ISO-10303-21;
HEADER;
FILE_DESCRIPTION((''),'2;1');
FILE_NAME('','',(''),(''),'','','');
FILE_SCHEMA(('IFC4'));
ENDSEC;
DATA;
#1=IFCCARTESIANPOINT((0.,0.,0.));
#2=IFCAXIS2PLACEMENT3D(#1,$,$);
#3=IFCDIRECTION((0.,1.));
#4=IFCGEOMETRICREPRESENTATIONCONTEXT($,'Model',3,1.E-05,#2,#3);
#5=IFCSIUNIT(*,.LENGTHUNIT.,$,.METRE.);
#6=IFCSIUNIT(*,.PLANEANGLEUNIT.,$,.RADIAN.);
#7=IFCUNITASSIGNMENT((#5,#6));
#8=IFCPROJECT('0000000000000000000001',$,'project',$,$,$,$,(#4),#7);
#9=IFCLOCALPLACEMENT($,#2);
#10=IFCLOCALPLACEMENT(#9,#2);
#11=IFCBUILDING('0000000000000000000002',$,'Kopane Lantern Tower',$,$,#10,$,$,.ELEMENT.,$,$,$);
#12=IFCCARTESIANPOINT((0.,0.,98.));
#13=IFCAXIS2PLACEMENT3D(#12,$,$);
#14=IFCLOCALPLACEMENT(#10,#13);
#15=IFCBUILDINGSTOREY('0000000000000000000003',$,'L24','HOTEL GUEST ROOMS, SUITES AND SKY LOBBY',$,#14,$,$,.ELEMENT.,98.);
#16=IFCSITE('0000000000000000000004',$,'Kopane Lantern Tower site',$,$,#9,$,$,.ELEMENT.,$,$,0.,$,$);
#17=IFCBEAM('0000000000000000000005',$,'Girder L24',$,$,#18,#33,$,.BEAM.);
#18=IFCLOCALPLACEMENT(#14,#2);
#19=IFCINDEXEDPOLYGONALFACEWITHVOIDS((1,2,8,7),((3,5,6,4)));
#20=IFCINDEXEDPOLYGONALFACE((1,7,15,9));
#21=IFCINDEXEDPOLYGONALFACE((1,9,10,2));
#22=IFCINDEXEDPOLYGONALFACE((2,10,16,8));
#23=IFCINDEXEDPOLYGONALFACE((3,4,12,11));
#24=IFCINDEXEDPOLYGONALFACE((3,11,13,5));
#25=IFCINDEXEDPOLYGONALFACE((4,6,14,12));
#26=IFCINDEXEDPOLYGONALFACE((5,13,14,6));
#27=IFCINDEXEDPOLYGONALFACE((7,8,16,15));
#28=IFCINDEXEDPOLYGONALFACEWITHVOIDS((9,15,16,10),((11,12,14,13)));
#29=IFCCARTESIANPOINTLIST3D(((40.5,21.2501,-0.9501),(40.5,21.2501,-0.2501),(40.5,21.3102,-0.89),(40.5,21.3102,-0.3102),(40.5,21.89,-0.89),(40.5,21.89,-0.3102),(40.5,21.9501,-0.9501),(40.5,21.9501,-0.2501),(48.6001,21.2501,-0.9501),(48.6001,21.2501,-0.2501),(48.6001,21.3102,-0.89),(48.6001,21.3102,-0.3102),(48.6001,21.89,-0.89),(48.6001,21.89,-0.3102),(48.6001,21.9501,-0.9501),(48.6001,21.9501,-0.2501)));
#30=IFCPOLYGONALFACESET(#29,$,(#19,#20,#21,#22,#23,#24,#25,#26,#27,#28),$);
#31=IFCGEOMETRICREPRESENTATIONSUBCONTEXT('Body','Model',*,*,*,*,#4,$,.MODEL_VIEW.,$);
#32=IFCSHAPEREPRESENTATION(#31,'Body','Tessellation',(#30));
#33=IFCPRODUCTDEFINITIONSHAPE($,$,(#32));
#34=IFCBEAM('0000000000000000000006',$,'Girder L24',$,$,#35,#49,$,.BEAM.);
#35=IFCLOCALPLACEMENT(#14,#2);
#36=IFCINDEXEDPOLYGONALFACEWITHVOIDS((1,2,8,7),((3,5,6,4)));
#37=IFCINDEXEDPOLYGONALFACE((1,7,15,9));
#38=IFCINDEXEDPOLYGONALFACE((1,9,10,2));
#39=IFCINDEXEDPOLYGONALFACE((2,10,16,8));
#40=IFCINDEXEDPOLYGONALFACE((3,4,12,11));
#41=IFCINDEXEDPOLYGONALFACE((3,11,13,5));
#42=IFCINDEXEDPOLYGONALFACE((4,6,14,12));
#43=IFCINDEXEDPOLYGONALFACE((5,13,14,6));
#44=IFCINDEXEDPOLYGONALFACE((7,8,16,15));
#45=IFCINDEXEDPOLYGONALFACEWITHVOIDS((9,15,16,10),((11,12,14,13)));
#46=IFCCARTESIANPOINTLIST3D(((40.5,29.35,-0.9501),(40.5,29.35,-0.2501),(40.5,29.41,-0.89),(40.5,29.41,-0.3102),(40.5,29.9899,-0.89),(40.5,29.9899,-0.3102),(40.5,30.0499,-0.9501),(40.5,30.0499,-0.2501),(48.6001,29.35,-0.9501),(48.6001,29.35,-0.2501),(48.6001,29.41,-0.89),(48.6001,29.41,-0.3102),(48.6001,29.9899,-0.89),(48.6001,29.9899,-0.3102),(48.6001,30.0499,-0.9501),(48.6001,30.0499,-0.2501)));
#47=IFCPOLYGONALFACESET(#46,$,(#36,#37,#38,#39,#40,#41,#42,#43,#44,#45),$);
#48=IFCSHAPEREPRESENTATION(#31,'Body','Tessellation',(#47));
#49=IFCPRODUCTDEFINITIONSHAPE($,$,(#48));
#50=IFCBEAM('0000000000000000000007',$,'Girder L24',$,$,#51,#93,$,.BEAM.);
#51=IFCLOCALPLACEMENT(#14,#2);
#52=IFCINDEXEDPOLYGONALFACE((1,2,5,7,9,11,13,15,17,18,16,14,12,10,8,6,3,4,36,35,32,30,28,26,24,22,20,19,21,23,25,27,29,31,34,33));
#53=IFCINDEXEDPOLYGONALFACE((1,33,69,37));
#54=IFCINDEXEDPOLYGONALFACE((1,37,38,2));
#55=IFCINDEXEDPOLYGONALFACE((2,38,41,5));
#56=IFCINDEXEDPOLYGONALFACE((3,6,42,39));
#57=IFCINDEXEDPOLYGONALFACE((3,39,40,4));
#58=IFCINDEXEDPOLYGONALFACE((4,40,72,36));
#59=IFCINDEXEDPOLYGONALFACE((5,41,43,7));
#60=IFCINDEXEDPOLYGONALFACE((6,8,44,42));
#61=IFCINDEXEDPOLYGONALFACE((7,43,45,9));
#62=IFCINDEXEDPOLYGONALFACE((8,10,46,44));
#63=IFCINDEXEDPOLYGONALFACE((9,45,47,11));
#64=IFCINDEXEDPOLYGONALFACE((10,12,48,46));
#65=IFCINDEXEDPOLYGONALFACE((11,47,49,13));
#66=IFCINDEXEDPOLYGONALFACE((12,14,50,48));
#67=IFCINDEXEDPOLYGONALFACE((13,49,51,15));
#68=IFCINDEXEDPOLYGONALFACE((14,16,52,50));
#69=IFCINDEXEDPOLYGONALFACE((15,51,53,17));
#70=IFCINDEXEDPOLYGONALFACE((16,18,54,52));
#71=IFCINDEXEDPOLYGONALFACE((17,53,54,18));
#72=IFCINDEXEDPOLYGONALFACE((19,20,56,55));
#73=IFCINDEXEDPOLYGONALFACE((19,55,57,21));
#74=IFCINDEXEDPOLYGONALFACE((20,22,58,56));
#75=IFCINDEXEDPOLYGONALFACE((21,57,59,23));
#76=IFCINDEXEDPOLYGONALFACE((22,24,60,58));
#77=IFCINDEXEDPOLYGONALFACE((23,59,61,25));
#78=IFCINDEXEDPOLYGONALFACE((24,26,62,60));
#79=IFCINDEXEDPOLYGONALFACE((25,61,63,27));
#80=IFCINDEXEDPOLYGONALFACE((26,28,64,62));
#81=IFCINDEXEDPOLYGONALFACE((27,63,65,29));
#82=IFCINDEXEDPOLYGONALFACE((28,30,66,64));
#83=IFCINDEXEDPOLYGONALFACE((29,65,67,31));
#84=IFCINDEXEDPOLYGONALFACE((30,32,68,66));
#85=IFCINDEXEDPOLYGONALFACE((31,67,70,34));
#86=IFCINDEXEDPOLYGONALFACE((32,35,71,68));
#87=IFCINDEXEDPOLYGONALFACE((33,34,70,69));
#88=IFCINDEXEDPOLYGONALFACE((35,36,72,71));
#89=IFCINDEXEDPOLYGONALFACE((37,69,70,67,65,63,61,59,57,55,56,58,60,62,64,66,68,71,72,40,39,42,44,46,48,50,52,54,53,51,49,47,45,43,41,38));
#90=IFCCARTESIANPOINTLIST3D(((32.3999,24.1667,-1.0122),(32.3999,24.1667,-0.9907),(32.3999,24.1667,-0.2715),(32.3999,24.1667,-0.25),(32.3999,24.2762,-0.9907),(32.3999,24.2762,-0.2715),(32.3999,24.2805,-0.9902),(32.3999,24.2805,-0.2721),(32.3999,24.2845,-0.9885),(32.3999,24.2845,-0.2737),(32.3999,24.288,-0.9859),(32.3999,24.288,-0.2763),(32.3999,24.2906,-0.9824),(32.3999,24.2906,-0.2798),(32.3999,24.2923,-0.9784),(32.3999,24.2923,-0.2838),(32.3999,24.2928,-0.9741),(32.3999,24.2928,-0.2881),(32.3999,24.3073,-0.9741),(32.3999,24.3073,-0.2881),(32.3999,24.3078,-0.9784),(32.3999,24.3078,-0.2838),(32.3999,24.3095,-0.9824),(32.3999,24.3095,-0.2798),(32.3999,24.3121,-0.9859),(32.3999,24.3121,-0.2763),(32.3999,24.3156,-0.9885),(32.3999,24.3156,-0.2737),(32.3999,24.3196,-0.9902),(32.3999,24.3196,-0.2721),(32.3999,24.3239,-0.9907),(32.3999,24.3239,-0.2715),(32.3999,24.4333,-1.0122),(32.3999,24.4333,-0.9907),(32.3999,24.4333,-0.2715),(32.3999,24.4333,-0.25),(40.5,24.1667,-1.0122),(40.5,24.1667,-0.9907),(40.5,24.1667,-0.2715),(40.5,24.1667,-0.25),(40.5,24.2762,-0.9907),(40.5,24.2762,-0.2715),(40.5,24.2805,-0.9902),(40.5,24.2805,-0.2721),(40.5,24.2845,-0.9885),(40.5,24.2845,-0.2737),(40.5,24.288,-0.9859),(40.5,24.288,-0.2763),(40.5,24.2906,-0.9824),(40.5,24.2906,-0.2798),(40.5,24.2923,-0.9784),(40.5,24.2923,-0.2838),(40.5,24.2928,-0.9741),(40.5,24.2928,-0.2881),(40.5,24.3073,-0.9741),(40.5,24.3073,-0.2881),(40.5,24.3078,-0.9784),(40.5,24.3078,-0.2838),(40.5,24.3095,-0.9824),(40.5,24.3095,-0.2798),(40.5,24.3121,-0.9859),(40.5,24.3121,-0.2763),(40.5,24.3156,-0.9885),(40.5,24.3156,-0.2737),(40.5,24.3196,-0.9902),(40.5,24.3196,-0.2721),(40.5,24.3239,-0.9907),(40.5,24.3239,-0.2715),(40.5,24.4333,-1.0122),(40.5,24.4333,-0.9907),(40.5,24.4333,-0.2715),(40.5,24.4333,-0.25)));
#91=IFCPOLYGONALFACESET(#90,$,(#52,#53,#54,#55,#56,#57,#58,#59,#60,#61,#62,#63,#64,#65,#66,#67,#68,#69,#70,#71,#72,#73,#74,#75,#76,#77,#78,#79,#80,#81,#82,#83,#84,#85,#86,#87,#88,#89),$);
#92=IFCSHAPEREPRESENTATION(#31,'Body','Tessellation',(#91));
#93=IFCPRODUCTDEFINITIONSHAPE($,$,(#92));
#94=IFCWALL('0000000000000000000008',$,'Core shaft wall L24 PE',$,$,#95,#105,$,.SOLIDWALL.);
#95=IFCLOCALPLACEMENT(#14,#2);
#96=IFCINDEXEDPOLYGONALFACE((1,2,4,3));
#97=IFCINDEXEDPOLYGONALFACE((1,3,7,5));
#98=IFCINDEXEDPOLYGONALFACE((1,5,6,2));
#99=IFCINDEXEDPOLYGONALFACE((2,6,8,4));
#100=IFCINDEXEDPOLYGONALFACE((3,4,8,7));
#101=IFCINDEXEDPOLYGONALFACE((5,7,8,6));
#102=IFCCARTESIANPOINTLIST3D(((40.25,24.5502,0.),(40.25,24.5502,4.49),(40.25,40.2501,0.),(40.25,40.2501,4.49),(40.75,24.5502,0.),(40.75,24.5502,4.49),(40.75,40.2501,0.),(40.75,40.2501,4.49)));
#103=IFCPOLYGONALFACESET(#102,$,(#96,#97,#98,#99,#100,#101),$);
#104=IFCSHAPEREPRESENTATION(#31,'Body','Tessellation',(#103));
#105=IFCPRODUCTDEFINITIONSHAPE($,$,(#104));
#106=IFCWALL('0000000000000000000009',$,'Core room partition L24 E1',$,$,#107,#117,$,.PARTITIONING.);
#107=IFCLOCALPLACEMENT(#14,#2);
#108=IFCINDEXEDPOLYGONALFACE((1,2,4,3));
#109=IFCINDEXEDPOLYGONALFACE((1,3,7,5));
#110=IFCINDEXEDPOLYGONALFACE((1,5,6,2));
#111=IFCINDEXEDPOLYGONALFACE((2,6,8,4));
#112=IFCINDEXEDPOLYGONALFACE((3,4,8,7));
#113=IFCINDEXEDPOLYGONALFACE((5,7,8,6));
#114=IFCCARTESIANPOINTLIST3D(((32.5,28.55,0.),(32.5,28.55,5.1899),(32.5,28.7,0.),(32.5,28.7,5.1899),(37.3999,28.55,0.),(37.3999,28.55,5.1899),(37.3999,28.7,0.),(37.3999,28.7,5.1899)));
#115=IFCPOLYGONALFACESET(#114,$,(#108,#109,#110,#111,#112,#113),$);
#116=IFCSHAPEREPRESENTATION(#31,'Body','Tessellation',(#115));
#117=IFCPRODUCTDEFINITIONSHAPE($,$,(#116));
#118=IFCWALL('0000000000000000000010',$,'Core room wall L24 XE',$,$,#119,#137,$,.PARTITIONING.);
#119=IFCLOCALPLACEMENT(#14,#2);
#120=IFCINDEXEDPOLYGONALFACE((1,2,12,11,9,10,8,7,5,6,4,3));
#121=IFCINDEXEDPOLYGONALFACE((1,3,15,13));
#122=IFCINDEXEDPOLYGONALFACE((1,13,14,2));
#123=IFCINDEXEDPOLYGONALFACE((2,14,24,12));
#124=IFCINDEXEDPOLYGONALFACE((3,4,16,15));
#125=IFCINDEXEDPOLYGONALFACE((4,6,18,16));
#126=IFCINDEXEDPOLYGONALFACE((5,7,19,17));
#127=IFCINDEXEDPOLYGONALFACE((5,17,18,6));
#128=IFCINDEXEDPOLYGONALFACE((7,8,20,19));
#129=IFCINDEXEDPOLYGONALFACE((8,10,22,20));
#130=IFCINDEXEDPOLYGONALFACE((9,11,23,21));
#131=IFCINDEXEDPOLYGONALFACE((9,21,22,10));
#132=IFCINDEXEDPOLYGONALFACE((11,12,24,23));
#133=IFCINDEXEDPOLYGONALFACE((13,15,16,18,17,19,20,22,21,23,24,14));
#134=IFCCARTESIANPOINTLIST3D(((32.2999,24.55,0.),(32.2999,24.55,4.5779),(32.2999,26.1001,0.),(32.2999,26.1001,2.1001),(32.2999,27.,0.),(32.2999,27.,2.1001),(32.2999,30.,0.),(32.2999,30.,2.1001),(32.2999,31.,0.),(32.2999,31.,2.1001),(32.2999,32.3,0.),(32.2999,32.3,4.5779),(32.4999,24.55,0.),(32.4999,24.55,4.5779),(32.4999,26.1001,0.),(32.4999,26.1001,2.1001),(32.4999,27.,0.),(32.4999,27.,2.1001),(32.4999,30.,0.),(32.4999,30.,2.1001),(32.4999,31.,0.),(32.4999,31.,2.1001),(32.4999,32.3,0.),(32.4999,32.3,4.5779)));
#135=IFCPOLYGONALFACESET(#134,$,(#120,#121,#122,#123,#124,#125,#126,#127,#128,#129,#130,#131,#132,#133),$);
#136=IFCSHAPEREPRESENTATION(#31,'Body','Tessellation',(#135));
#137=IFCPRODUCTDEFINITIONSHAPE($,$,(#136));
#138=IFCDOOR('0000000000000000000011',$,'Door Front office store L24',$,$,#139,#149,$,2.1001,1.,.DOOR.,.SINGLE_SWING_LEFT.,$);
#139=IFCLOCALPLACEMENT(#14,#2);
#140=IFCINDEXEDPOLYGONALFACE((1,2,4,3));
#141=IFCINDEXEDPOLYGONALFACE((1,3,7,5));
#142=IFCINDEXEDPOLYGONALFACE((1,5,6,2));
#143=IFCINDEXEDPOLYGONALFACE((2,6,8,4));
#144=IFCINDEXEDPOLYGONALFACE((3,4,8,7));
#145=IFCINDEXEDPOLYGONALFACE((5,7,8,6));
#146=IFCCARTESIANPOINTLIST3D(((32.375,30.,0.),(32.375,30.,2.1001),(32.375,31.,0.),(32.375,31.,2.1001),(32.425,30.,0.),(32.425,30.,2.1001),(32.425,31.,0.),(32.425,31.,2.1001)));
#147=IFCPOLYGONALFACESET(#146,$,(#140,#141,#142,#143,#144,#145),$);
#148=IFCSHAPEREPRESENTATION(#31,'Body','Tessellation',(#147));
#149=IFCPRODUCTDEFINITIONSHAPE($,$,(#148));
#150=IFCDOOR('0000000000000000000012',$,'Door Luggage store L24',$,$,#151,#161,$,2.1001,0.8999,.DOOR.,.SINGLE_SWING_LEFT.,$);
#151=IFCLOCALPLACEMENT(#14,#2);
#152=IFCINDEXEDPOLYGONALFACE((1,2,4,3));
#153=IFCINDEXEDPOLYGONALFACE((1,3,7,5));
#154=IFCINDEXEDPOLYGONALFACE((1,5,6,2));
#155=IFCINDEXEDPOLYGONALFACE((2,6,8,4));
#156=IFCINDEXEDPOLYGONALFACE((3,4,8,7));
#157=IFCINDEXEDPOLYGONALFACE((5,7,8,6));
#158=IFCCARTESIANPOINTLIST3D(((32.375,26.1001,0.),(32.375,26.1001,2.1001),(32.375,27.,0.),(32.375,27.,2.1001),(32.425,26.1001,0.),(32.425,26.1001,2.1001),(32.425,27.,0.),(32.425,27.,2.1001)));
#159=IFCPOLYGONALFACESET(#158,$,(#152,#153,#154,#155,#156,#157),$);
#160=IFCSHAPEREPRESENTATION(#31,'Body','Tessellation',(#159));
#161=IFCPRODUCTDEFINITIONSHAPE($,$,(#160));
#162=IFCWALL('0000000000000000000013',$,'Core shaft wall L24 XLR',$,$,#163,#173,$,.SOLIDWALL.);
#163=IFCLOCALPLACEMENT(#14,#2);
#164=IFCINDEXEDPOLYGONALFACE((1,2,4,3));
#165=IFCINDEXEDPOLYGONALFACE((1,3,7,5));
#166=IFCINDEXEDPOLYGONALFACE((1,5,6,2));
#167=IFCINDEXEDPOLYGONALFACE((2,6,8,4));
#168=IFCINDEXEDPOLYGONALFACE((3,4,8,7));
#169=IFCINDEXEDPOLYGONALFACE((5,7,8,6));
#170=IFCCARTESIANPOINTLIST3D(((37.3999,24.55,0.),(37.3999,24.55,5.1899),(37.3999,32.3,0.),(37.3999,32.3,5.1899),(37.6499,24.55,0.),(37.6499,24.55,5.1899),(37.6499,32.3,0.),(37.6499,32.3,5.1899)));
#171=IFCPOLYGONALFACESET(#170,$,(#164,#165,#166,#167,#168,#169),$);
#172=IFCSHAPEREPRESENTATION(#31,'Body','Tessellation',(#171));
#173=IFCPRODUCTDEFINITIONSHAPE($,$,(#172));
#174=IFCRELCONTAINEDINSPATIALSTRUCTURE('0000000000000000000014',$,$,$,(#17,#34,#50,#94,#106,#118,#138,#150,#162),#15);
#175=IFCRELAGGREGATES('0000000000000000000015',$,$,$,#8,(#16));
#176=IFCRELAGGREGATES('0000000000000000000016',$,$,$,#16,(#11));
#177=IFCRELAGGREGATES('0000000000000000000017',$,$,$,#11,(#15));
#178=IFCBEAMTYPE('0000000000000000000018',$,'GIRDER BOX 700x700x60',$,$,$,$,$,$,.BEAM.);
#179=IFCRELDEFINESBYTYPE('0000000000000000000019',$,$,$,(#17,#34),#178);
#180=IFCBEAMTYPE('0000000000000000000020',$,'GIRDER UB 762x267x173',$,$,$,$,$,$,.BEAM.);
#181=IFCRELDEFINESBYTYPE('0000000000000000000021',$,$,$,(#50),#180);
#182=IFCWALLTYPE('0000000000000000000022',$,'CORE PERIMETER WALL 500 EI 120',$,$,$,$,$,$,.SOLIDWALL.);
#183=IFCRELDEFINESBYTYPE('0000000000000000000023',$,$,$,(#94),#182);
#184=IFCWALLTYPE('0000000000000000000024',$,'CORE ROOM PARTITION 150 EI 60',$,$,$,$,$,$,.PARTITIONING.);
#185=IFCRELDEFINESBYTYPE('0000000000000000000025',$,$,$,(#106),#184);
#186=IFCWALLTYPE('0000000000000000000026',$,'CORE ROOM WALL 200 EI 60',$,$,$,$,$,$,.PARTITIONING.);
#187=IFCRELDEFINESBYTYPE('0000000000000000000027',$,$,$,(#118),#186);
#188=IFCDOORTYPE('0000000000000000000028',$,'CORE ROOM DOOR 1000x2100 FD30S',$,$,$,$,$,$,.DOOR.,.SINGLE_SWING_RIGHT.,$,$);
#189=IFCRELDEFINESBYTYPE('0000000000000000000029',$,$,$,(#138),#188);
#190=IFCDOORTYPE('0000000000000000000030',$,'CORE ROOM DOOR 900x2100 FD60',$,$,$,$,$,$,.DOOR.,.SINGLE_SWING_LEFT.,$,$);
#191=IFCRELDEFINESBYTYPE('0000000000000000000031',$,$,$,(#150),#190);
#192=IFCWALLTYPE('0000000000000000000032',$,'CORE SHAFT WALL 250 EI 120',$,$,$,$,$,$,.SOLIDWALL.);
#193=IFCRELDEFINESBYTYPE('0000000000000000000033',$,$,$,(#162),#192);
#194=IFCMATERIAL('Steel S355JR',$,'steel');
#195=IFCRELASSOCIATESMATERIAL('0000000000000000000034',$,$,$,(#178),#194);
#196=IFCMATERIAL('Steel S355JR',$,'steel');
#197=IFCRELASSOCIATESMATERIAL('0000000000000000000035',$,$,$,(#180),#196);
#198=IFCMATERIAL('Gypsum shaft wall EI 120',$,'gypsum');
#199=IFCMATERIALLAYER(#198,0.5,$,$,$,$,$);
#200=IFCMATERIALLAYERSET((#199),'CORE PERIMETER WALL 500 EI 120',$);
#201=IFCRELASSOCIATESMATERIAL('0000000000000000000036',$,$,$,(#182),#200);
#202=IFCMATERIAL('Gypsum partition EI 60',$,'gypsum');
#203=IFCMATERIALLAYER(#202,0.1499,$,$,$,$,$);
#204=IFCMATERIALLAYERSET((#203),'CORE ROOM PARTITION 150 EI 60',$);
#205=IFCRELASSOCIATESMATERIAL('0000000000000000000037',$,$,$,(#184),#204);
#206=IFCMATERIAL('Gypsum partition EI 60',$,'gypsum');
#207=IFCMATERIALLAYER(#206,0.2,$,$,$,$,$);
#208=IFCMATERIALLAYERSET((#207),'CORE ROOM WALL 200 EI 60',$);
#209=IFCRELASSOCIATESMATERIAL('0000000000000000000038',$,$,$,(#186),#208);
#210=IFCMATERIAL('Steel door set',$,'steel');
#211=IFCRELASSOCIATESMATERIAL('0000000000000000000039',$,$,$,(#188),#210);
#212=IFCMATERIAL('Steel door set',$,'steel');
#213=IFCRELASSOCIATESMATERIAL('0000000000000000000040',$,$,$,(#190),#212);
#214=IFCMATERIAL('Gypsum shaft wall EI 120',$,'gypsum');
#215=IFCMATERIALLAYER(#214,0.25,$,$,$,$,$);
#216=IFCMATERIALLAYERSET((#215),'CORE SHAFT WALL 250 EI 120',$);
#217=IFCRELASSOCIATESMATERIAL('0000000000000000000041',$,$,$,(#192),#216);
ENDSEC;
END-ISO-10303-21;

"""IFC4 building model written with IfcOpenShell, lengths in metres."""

from ifc_helpers import new_model, si_unit, direction, frame, frame_2d, origin, origin_2d, place, context, subcontext, project, spatial, rectangle, hollow_rectangle, i_section, extrude, material, layer, layer_set, material_profile, profile_set, type_object, element, fill, save


model = new_model("IFC4")

# Units and contexts
model_context = context("Model", 3, precision=1e-05, world=origin(), true_north=direction((0.0, 1.0)))
body_context = subcontext(model_context, "Body", "Model", "MODEL_VIEW")
ifc_project = project(units=[si_unit("LENGTHUNIT", "METRE"), si_unit("PLANEANGLEUNIT", "RADIAN")], contexts=[model_context])

# Site, building, storey
site_placement = place(None, origin())
site = spatial("IfcSite", under=ifc_project, at=site_placement, Name="Kopane Lantern Tower site", CompositionType="ELEMENT", RefElevation=0.0)
building_placement = place(site_placement, origin())
building = spatial("IfcBuilding", under=site, at=building_placement, Name="Kopane Lantern Tower", CompositionType="ELEMENT")
storey_placement = place(building_placement, frame((0.0, 0.0, 98.0)))
storey = spatial("IfcBuildingStorey", under=building, at=storey_placement, Name="L24", Description="HOTEL GUEST ROOMS, SUITES AND SKY LOBBY", CompositionType="ELEMENT", Elevation=98.0)

# Beams
ifc_material_1 = material(Name="Steel S355JR", Category="steel")
ifc_material_profile_1 = material_profile(ifc_material_1, hollow_rectangle(XDim=0.7, YDim=0.7, WallThickness=0.0601, at=origin_2d()), Name="BOX 700x700x60")
ifc_profile_set_1 = profile_set([ifc_material_profile_1], Name="Steel S355JR")
beam_type_1 = type_object("IfcBeamType", Name="GIRDER BOX 700x700x60", PredefinedType="BEAM", material=ifc_profile_set_1)
for number, where, z_axis, x_axis, name in (
    (1, (40.5, 21.6001, -0.6001), (1.0, 0.0, 0.0), (0.0, 1.0, 0.0), "Girder L24"),
    (2, (40.5, 29.7, -0.6001), (1.0, 0.0, 0.0), (0.0, 1.0, 0.0), "Girder L24"),
):
    element("IfcBeam", number, at=place(storey_placement, frame(where, z_axis=z_axis, x_axis=x_axis)), inside=storey, type_object=beam_type_1, Name=name, PredefinedType="BEAM", context=body_context, shape_type="SweptSolid", body=[
        extrude(hollow_rectangle(XDim=0.7, YDim=0.7, WallThickness=0.0601, at=origin_2d()), origin(), (0.0, 0.0, 1.0), 8.1001),
    ])
ifc_material_2 = material(Name="Steel S355JR", Category="steel")
ifc_material_profile_2 = material_profile(ifc_material_2, i_section(OverallWidth=0.2666, OverallDepth=0.7622, WebThickness=0.0144, FlangeThickness=0.0215, FilletRadius=0.0166, at=origin_2d()), Name="UB 762x267x173")
ifc_profile_set_2 = profile_set([ifc_material_profile_2], Name="Steel S355JR")
beam_type_2 = type_object("IfcBeamType", Name="GIRDER UB 762x267x173", PredefinedType="BEAM", material=ifc_profile_set_2)
beam_1_placement = place(storey_placement, frame((32.3999, 24.3, -0.6311), z_axis=(1.0, 0.0, 0.0), x_axis=(0.0, 1.0, 0.0)))
element("IfcBeam", 3, at=beam_1_placement, inside=storey, type_object=beam_type_2, Name="Girder L24", PredefinedType="BEAM", context=body_context, shape_type="SweptSolid", body=[
    extrude(i_section(OverallWidth=0.2666, OverallDepth=0.7622, WebThickness=0.0144, FlangeThickness=0.0215, FilletRadius=0.0166, at=origin_2d()), origin(), (0.0, 0.0, 1.0), 8.1001),
])

# Walls
ifc_material_3 = material(Name="Gypsum shaft wall EI 120", Category="gypsum")
ifc_layer_1 = layer(ifc_material_3, 0.5)
ifc_layer_set_1 = layer_set([ifc_layer_1], Name="CORE PERIMETER WALL 500 EI 120")
wall_type_1 = type_object("IfcWallType", Name="CORE PERIMETER WALL 500 EI 120", PredefinedType="SOLIDWALL", material=ifc_layer_set_1)
wall_1_placement = place(storey_placement, frame((40.5, 24.55, 0.0), z_axis=(0.0, 0.0, 1.0), x_axis=(0.0, 1.0, 0.0)))
element("IfcWall", 4, at=wall_1_placement, inside=storey, type_object=wall_type_1, Name="Core shaft wall L24 PE", PredefinedType="SOLIDWALL", context=body_context, shape_type="SweptSolid", body=[
    extrude(rectangle(XDim=15.7, YDim=0.5, at=frame_2d((7.8501, 0.0))), origin(), (0.0, 0.0, 1.0), 4.49),
])
ifc_material_4 = material(Name="Gypsum partition EI 60", Category="gypsum")
ifc_layer_2 = layer(ifc_material_4, 0.1499)
ifc_layer_set_2 = layer_set([ifc_layer_2], Name="CORE ROOM PARTITION 150 EI 60")
wall_type_2 = type_object("IfcWallType", Name="CORE ROOM PARTITION 150 EI 60", PredefinedType="PARTITIONING", material=ifc_layer_set_2)
wall_2_placement = place(storey_placement, frame((32.5, 28.625, 0.0), z_axis=(0.0, 0.0, 1.0), x_axis=(1.0, 0.0, 0.0)))
element("IfcWall", 5, at=wall_2_placement, inside=storey, type_object=wall_type_2, Name="Core room partition L24 E1", PredefinedType="PARTITIONING", context=body_context, shape_type="SweptSolid", body=[
    extrude(rectangle(XDim=4.8999, YDim=0.1499, at=frame_2d((2.45, 0.0))), origin(), (0.0, 0.0, 1.0), 5.1899),
])

# Wall, openings, doors
ifc_material_5 = material(Name="Gypsum partition EI 60", Category="gypsum")
ifc_layer_3 = layer(ifc_material_5, 0.2)
ifc_layer_set_3 = layer_set([ifc_layer_3], Name="CORE ROOM WALL 200 EI 60")
wall_type_3 = type_object("IfcWallType", Name="CORE ROOM WALL 200 EI 60", PredefinedType="PARTITIONING", material=ifc_layer_set_3)
wall_3_placement = place(storey_placement, frame((32.3999, 24.55, 0.0), z_axis=(0.0, 0.0, 1.0), x_axis=(0.0, 1.0, 0.0)))
wall_3 = element("IfcWall", 6, at=wall_3_placement, inside=storey, type_object=wall_type_3, Name="Core room wall L24 XE", PredefinedType="PARTITIONING", context=body_context, shape_type="SweptSolid", body=[
    extrude(rectangle(XDim=7.75, YDim=0.2, at=frame_2d((3.875, 0.0))), origin(), (0.0, 0.0, 1.0), 4.5779),
])
opening_1_placement = place(wall_3_placement, frame((1.55, 0.0, 0.0)))
opening_1 = element("IfcOpeningElement", 7, at=opening_1_placement, cuts=wall_3, PredefinedType="OPENING", context=body_context, shape_type="SweptSolid", body=[
    extrude(rectangle(XDim=0.8999, YDim=2.1001, at=frame_2d((0.45, 1.05))), frame((0.0, 0.1099, 0.0), z_axis=(0.0, -1.0, 0.0), x_axis=(1.0, 0.0, 0.0)), (0.0, 0.0, 1.0), 0.22),
])
opening_2_placement = place(wall_3_placement, frame((5.45, 0.0, 0.0)))
opening_2 = element("IfcOpeningElement", 8, at=opening_2_placement, cuts=wall_3, PredefinedType="OPENING", context=body_context, shape_type="SweptSolid", body=[
    extrude(rectangle(XDim=1.0, YDim=2.1001, at=frame_2d((0.5, 1.05))), frame((0.0, 0.1099, 0.0), z_axis=(0.0, -1.0, 0.0), x_axis=(1.0, 0.0, 0.0)), (0.0, 0.0, 1.0), 0.22),
])
ifc_material_6 = material(Name="Steel door set", Category="steel")
door_type_1 = type_object("IfcDoorType", Name="CORE ROOM DOOR 1000x2100 FD30S", OperationType="SINGLE_SWING_RIGHT", PredefinedType="DOOR", material=ifc_material_6)
door_1_placement = place(opening_2_placement, origin())
door_1 = element("IfcDoor", 9, at=door_1_placement, inside=storey, type_object=door_type_1, Name="Door Front office store L24", OperationType="SINGLE_SWING_LEFT", OverallHeight=2.1001, OverallWidth=1.0, PredefinedType="DOOR", context=body_context, shape_type="SweptSolid", body=[
    extrude(rectangle(XDim=1.0, YDim=2.1001, at=frame_2d((0.5, 1.05))), frame((0.0, 0.0249, 0.0), z_axis=(0.0, -1.0, 0.0), x_axis=(1.0, 0.0, 0.0)), (0.0, 0.0, 1.0), 0.05),
])
fill(opening_2, door_1)
ifc_material_7 = material(Name="Steel door set", Category="steel")
door_type_2 = type_object("IfcDoorType", Name="CORE ROOM DOOR 900x2100 FD60", OperationType="SINGLE_SWING_LEFT", PredefinedType="DOOR", material=ifc_material_7)
door_2_placement = place(opening_1_placement, origin())
door_2 = element("IfcDoor", 10, at=door_2_placement, inside=storey, type_object=door_type_2, Name="Door Luggage store L24", OperationType="SINGLE_SWING_LEFT", OverallHeight=2.1001, OverallWidth=0.8999, PredefinedType="DOOR", context=body_context, shape_type="SweptSolid", body=[
    extrude(rectangle(XDim=0.8999, YDim=2.1001, at=frame_2d((0.45, 1.05))), frame((0.0, 0.0249, 0.0), z_axis=(0.0, -1.0, 0.0), x_axis=(1.0, 0.0, 0.0)), (0.0, 0.0, 1.0), 0.05),
])
fill(opening_1, door_2)

# Wall
ifc_material_8 = material(Name="Gypsum shaft wall EI 120", Category="gypsum")
ifc_layer_4 = layer(ifc_material_8, 0.25)
ifc_layer_set_4 = layer_set([ifc_layer_4], Name="CORE SHAFT WALL 250 EI 120")
wall_type_4 = type_object("IfcWallType", Name="CORE SHAFT WALL 250 EI 120", PredefinedType="SOLIDWALL", material=ifc_layer_set_4)
wall_4_placement = place(storey_placement, frame((37.5249, 24.55, 0.0), z_axis=(0.0, 0.0, 1.0), x_axis=(0.0, 1.0, 0.0)))
element("IfcWall", 11, at=wall_4_placement, inside=storey, type_object=wall_type_4, Name="Core shaft wall L24 XLR", PredefinedType="SOLIDWALL", context=body_context, shape_type="SweptSolid", body=[
    extrude(rectangle(XDim=7.75, YDim=0.25, at=frame_2d((3.875, 0.0))), origin(), (0.0, 0.0, 1.0), 5.1899),
])

save(model, "model.ifc")
